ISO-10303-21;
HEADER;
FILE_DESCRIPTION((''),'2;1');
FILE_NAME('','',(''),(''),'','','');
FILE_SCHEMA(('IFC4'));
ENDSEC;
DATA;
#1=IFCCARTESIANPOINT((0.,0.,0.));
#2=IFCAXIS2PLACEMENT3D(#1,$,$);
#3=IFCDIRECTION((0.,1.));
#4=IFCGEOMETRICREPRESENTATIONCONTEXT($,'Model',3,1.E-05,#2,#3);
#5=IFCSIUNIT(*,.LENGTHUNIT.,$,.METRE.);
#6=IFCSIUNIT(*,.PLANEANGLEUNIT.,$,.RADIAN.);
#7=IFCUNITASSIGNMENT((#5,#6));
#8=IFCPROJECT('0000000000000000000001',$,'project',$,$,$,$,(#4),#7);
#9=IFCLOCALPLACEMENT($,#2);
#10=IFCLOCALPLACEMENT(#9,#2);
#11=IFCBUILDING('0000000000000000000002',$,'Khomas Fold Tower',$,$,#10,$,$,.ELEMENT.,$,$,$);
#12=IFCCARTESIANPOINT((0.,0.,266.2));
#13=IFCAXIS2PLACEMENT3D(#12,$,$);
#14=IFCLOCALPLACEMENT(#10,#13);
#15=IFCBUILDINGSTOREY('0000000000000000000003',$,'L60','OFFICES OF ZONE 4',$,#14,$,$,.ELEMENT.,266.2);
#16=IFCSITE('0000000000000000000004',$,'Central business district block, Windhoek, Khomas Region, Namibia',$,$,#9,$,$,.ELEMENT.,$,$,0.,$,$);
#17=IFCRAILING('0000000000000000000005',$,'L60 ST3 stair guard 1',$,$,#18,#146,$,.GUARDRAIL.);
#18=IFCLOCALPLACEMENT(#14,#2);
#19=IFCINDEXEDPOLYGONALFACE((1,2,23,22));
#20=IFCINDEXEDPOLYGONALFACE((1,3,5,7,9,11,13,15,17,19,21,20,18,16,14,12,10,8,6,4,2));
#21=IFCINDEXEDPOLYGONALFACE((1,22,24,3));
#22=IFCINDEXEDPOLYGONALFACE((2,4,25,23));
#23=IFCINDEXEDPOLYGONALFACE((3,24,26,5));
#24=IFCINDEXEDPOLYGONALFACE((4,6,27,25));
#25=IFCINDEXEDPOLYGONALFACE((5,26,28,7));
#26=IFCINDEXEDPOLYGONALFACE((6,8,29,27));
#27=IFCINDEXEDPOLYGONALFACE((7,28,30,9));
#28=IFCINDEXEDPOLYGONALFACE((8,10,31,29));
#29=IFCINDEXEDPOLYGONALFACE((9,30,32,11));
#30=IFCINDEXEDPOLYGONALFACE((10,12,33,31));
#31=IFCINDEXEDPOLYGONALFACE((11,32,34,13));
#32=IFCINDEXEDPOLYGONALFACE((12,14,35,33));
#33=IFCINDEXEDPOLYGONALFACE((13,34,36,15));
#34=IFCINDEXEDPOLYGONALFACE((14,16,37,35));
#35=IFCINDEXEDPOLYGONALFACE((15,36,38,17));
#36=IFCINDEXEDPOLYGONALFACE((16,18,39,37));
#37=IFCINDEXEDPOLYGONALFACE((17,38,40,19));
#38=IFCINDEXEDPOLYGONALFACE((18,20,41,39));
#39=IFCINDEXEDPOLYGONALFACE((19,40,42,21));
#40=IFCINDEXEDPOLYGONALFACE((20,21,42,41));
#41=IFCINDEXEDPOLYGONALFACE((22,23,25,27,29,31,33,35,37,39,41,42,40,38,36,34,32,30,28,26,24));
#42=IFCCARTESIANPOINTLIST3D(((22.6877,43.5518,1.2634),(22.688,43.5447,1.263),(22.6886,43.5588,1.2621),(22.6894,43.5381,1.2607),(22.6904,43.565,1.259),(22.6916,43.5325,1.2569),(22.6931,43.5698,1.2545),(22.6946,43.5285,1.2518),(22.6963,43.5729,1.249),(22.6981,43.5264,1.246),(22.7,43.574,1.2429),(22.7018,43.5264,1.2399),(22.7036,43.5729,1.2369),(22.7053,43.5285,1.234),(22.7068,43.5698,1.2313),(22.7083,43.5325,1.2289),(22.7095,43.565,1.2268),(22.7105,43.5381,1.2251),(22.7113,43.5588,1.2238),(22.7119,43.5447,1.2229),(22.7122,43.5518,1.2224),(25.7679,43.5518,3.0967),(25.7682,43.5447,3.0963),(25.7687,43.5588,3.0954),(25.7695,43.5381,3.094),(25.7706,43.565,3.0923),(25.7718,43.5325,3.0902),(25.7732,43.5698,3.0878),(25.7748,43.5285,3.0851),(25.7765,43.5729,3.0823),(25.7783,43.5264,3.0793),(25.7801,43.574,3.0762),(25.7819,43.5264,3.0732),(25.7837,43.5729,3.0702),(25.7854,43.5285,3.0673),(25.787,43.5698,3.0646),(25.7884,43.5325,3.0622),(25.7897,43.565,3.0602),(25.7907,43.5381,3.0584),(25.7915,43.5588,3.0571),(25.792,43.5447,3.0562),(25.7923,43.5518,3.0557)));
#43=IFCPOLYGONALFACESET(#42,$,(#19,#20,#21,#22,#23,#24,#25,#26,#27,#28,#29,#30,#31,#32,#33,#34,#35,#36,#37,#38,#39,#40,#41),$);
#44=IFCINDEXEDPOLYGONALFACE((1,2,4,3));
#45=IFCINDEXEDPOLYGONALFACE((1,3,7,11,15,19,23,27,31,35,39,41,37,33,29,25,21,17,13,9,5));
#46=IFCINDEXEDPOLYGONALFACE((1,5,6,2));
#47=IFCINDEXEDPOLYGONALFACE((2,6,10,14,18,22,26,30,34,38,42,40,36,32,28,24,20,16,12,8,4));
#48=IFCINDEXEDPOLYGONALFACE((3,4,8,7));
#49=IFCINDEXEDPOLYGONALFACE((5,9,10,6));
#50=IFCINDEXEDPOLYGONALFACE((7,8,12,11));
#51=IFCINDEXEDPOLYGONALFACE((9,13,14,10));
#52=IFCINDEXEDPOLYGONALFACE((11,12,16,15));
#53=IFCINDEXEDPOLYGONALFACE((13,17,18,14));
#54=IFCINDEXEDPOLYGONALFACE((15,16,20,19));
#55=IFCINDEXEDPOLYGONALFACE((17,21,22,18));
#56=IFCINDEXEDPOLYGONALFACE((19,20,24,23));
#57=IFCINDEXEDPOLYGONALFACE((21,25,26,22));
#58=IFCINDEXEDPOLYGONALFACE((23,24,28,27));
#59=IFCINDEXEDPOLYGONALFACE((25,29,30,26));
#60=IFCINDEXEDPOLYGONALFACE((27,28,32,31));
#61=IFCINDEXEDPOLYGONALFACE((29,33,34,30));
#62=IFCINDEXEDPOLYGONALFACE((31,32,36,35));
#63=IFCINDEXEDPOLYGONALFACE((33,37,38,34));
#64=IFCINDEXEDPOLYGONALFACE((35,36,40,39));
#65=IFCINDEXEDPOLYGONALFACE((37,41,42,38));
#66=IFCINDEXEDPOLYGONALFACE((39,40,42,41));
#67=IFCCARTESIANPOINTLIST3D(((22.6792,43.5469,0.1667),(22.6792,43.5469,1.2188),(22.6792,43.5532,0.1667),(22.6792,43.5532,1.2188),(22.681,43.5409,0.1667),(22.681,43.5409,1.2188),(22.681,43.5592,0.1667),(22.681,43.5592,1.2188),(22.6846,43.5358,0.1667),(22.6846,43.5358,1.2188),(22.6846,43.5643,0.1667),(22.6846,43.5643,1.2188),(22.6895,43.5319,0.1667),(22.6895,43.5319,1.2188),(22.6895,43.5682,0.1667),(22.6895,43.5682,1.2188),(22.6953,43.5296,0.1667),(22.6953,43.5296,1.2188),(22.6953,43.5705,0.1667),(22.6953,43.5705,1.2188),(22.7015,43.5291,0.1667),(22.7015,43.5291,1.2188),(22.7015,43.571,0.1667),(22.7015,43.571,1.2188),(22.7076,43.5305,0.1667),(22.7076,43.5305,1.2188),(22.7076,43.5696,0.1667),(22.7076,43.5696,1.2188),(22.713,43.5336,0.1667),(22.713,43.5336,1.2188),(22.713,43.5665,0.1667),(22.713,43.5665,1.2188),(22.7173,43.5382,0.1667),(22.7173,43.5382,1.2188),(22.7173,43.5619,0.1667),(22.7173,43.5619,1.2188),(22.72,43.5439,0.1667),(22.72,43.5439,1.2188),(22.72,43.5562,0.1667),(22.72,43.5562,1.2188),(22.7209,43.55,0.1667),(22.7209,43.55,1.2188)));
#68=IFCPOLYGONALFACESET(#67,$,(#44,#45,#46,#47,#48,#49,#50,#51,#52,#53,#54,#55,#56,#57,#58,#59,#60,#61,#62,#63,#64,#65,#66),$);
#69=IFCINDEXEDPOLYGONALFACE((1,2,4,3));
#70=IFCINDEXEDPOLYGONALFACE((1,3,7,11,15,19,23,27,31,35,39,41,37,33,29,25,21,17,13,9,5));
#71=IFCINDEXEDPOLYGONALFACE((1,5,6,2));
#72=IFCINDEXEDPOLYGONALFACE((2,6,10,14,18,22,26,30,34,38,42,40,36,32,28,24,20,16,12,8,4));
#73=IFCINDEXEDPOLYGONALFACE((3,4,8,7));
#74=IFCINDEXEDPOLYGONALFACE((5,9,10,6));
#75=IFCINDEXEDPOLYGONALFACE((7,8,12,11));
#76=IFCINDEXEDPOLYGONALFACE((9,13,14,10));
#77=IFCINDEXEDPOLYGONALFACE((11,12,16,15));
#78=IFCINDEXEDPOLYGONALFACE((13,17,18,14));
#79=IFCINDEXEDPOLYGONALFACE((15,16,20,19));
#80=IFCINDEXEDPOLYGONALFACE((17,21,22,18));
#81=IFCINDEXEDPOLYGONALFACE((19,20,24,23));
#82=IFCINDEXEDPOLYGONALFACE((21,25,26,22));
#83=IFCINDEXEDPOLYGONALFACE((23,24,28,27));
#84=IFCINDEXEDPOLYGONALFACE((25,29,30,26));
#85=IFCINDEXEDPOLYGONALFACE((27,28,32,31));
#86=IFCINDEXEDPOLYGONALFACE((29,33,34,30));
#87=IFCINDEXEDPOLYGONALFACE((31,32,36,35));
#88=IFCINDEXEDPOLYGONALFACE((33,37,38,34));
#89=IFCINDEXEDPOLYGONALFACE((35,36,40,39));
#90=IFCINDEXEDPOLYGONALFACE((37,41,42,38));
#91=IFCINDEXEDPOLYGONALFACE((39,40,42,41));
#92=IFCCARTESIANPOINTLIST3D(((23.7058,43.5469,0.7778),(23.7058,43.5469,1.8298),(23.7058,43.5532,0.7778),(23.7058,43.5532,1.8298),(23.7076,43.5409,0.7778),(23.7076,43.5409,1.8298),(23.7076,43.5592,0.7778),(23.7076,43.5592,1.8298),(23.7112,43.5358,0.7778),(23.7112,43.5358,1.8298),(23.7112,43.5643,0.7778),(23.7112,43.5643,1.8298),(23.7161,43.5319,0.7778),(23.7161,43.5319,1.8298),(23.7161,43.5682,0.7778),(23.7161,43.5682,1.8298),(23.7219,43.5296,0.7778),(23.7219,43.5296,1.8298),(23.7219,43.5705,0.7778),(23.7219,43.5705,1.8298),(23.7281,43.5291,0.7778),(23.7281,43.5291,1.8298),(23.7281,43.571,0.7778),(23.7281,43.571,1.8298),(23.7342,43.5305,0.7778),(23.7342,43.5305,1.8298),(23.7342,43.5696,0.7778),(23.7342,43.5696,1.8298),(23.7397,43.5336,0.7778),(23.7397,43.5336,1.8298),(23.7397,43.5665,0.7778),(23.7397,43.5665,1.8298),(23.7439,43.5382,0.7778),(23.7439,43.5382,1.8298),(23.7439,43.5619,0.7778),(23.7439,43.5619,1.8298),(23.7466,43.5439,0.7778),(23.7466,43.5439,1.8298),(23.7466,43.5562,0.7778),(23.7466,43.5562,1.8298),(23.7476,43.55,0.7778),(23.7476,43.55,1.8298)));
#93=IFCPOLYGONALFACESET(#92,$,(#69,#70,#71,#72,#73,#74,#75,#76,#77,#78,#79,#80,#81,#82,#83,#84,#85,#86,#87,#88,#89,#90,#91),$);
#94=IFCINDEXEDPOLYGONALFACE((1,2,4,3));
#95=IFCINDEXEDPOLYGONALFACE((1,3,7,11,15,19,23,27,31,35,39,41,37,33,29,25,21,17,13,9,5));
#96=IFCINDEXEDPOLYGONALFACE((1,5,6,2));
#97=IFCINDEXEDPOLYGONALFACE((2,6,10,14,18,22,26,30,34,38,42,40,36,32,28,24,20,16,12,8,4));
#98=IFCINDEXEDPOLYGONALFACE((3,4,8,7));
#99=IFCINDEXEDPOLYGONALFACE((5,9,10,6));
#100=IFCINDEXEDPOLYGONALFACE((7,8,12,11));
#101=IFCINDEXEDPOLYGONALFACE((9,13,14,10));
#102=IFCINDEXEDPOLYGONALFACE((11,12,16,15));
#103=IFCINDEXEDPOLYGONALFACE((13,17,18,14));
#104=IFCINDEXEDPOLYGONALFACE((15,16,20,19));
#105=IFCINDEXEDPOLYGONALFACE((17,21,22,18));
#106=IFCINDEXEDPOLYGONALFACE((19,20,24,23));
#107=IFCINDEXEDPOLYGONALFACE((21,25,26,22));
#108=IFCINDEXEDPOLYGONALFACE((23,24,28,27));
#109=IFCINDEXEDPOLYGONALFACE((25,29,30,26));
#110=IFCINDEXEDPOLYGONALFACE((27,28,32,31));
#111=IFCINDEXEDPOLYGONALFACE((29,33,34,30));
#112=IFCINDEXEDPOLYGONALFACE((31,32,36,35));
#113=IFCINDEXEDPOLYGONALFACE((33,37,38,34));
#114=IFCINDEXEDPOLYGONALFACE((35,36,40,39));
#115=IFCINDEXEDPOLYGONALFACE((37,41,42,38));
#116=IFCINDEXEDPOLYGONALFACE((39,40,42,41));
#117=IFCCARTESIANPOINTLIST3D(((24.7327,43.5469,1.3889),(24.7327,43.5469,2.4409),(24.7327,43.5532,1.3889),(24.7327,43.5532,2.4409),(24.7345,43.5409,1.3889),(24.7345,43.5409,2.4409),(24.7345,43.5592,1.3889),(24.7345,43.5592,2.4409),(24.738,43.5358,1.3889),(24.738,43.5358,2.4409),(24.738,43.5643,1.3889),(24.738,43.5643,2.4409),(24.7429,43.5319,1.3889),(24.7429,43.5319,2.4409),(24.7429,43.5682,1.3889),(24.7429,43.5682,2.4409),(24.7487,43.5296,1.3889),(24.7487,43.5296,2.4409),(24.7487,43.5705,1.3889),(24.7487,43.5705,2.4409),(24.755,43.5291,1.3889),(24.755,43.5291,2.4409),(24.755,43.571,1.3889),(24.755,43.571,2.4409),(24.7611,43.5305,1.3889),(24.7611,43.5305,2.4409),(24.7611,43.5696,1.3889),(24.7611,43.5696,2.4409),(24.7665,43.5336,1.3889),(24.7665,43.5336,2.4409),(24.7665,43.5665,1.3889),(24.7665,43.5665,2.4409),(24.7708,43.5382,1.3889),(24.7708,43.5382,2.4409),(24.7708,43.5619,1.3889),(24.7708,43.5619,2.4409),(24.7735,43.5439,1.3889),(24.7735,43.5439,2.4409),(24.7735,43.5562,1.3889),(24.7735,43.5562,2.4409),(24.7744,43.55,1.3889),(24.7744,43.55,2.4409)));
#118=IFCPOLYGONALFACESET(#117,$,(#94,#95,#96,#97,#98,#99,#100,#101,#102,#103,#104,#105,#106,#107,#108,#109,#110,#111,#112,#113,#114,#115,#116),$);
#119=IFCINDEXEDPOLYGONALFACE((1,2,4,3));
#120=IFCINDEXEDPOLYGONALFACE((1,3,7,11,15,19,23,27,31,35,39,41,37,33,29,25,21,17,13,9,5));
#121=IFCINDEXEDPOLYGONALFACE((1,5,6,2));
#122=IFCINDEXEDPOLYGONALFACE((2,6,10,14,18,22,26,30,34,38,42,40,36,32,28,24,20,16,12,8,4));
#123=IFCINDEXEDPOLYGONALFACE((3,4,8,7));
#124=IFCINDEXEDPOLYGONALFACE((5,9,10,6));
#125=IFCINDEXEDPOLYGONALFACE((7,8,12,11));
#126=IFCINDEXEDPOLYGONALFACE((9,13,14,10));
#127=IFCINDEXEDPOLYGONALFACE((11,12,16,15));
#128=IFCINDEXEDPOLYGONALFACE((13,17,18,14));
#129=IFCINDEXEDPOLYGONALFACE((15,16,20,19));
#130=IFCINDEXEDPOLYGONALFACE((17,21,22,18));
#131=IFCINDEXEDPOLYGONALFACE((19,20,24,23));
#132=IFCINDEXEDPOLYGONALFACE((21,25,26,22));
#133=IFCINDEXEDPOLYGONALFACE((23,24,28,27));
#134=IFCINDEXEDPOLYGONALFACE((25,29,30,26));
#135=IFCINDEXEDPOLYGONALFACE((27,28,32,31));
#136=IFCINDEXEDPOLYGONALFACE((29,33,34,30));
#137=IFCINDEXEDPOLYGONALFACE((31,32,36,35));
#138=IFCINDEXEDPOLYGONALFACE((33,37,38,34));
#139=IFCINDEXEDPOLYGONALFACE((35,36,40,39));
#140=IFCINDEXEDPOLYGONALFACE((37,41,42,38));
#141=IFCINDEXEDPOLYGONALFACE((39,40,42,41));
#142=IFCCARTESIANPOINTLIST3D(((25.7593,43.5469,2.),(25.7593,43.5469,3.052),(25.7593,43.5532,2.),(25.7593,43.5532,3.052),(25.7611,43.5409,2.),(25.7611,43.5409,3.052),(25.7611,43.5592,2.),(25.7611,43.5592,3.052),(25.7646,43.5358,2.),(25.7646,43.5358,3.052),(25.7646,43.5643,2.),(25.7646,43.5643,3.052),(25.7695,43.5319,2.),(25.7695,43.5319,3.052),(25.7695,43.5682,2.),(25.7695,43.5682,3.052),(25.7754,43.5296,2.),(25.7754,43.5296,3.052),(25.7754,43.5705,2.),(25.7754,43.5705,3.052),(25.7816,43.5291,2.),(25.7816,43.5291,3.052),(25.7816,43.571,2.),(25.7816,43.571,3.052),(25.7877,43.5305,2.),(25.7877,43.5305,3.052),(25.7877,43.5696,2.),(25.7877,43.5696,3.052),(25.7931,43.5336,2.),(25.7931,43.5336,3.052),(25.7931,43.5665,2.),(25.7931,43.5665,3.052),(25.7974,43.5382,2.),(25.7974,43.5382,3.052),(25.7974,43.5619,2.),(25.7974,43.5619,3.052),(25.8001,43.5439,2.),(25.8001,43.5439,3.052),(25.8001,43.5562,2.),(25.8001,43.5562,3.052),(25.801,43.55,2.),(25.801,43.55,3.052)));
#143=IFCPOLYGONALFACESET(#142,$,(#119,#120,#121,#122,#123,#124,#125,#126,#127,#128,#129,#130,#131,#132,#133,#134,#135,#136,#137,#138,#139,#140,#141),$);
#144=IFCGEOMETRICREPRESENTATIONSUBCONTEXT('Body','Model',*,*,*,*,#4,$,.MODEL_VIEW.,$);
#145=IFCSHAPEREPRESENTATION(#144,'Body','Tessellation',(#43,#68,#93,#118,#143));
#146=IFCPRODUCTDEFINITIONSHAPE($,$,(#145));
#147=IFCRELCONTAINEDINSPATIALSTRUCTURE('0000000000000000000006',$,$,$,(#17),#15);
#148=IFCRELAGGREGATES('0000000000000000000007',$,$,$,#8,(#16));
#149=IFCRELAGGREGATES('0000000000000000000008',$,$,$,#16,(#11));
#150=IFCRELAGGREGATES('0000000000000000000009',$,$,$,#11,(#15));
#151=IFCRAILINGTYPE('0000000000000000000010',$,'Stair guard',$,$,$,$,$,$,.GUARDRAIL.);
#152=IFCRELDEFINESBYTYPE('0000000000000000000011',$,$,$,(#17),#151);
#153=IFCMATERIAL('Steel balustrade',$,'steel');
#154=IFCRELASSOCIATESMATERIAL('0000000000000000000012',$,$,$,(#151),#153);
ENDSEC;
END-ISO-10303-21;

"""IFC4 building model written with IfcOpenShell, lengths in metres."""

from ifc_helpers import new_model, si_unit, direction, frame, origin, origin_2d, place, context, subcontext, project, spatial, circle, extrude, source, transform, mapped, material, type_object, element, save


model = new_model("IFC4")

# Units and contexts
model_context = context("Model", 3, precision=1e-05, world=origin(), true_north=direction((0.0, 1.0)))
body_context = subcontext(model_context, "Body", "Model", "MODEL_VIEW")
ifc_project = project(units=[si_unit("LENGTHUNIT", "METRE"), si_unit("PLANEANGLEUNIT", "RADIAN")], contexts=[model_context])

# Site, building, storey
site_placement = place(None, origin())
site = spatial("IfcSite", under=ifc_project, at=site_placement, Name="Central business district block, Windhoek, Khomas Region, Namibia", CompositionType="ELEMENT", RefElevation=0.0)
building_placement = place(site_placement, origin())
building = spatial("IfcBuilding", under=site, at=building_placement, Name="Khomas Fold Tower", CompositionType="ELEMENT")
storey_placement = place(building_placement, frame((0.0, 0.0, 266.2)))
storey = spatial("IfcBuildingStorey", under=building, at=storey_placement, Name="L60", Description="OFFICES OF ZONE 4", CompositionType="ELEMENT", Elevation=266.2)

# Railing
ifc_material_1 = material(Name="Steel balustrade", Category="steel")
railing_type_1 = type_object("IfcRailingType", Name="Stair guard", PredefinedType="GUARDRAIL", material=ifc_material_1)
shared_shape_1 = source(origin(), body_context, "Body", "SweptSolid", [
    extrude(circle(Radius=0.0239, at=origin_2d()), frame((0.0, 0.0, 1.0762), z_axis=(0.859309, 0.0, 0.511458), x_axis=(0.0, 1.0, 0.0)), (0.0, 0.0, 1.0), 3.5845),
    extrude(circle(Radius=0.021, at=origin_2d()), origin(), (0.0, 0.0, 1.0), 1.052),
    extrude(circle(Radius=0.021, at=origin_2d()), frame((1.0266, 0.0, 0.6111)), (0.0, 0.0, 1.0), 1.052),
    extrude(circle(Radius=0.021, at=origin_2d()), frame((2.0535, 0.0, 1.2222)), (0.0, 0.0, 1.0), 1.052),
    extrude(circle(Radius=0.021, at=origin_2d()), frame((3.0801, 0.0, 1.8333)), (0.0, 0.0, 1.0), 1.052),
])
railing_1_placement = place(storey_placement, frame((22.7, 43.55, 0.1667)))
element("IfcRailing", 1, at=railing_1_placement, inside=storey, type_object=railing_type_1, Name="L60 ST3 stair guard 1", PredefinedType="GUARDRAIL", context=body_context, shape_type="MappedRepresentation", body=[
    mapped(shared_shape_1, transform((0.0, 0.0, 0.0))),
])

save(model, "model.ifc")
